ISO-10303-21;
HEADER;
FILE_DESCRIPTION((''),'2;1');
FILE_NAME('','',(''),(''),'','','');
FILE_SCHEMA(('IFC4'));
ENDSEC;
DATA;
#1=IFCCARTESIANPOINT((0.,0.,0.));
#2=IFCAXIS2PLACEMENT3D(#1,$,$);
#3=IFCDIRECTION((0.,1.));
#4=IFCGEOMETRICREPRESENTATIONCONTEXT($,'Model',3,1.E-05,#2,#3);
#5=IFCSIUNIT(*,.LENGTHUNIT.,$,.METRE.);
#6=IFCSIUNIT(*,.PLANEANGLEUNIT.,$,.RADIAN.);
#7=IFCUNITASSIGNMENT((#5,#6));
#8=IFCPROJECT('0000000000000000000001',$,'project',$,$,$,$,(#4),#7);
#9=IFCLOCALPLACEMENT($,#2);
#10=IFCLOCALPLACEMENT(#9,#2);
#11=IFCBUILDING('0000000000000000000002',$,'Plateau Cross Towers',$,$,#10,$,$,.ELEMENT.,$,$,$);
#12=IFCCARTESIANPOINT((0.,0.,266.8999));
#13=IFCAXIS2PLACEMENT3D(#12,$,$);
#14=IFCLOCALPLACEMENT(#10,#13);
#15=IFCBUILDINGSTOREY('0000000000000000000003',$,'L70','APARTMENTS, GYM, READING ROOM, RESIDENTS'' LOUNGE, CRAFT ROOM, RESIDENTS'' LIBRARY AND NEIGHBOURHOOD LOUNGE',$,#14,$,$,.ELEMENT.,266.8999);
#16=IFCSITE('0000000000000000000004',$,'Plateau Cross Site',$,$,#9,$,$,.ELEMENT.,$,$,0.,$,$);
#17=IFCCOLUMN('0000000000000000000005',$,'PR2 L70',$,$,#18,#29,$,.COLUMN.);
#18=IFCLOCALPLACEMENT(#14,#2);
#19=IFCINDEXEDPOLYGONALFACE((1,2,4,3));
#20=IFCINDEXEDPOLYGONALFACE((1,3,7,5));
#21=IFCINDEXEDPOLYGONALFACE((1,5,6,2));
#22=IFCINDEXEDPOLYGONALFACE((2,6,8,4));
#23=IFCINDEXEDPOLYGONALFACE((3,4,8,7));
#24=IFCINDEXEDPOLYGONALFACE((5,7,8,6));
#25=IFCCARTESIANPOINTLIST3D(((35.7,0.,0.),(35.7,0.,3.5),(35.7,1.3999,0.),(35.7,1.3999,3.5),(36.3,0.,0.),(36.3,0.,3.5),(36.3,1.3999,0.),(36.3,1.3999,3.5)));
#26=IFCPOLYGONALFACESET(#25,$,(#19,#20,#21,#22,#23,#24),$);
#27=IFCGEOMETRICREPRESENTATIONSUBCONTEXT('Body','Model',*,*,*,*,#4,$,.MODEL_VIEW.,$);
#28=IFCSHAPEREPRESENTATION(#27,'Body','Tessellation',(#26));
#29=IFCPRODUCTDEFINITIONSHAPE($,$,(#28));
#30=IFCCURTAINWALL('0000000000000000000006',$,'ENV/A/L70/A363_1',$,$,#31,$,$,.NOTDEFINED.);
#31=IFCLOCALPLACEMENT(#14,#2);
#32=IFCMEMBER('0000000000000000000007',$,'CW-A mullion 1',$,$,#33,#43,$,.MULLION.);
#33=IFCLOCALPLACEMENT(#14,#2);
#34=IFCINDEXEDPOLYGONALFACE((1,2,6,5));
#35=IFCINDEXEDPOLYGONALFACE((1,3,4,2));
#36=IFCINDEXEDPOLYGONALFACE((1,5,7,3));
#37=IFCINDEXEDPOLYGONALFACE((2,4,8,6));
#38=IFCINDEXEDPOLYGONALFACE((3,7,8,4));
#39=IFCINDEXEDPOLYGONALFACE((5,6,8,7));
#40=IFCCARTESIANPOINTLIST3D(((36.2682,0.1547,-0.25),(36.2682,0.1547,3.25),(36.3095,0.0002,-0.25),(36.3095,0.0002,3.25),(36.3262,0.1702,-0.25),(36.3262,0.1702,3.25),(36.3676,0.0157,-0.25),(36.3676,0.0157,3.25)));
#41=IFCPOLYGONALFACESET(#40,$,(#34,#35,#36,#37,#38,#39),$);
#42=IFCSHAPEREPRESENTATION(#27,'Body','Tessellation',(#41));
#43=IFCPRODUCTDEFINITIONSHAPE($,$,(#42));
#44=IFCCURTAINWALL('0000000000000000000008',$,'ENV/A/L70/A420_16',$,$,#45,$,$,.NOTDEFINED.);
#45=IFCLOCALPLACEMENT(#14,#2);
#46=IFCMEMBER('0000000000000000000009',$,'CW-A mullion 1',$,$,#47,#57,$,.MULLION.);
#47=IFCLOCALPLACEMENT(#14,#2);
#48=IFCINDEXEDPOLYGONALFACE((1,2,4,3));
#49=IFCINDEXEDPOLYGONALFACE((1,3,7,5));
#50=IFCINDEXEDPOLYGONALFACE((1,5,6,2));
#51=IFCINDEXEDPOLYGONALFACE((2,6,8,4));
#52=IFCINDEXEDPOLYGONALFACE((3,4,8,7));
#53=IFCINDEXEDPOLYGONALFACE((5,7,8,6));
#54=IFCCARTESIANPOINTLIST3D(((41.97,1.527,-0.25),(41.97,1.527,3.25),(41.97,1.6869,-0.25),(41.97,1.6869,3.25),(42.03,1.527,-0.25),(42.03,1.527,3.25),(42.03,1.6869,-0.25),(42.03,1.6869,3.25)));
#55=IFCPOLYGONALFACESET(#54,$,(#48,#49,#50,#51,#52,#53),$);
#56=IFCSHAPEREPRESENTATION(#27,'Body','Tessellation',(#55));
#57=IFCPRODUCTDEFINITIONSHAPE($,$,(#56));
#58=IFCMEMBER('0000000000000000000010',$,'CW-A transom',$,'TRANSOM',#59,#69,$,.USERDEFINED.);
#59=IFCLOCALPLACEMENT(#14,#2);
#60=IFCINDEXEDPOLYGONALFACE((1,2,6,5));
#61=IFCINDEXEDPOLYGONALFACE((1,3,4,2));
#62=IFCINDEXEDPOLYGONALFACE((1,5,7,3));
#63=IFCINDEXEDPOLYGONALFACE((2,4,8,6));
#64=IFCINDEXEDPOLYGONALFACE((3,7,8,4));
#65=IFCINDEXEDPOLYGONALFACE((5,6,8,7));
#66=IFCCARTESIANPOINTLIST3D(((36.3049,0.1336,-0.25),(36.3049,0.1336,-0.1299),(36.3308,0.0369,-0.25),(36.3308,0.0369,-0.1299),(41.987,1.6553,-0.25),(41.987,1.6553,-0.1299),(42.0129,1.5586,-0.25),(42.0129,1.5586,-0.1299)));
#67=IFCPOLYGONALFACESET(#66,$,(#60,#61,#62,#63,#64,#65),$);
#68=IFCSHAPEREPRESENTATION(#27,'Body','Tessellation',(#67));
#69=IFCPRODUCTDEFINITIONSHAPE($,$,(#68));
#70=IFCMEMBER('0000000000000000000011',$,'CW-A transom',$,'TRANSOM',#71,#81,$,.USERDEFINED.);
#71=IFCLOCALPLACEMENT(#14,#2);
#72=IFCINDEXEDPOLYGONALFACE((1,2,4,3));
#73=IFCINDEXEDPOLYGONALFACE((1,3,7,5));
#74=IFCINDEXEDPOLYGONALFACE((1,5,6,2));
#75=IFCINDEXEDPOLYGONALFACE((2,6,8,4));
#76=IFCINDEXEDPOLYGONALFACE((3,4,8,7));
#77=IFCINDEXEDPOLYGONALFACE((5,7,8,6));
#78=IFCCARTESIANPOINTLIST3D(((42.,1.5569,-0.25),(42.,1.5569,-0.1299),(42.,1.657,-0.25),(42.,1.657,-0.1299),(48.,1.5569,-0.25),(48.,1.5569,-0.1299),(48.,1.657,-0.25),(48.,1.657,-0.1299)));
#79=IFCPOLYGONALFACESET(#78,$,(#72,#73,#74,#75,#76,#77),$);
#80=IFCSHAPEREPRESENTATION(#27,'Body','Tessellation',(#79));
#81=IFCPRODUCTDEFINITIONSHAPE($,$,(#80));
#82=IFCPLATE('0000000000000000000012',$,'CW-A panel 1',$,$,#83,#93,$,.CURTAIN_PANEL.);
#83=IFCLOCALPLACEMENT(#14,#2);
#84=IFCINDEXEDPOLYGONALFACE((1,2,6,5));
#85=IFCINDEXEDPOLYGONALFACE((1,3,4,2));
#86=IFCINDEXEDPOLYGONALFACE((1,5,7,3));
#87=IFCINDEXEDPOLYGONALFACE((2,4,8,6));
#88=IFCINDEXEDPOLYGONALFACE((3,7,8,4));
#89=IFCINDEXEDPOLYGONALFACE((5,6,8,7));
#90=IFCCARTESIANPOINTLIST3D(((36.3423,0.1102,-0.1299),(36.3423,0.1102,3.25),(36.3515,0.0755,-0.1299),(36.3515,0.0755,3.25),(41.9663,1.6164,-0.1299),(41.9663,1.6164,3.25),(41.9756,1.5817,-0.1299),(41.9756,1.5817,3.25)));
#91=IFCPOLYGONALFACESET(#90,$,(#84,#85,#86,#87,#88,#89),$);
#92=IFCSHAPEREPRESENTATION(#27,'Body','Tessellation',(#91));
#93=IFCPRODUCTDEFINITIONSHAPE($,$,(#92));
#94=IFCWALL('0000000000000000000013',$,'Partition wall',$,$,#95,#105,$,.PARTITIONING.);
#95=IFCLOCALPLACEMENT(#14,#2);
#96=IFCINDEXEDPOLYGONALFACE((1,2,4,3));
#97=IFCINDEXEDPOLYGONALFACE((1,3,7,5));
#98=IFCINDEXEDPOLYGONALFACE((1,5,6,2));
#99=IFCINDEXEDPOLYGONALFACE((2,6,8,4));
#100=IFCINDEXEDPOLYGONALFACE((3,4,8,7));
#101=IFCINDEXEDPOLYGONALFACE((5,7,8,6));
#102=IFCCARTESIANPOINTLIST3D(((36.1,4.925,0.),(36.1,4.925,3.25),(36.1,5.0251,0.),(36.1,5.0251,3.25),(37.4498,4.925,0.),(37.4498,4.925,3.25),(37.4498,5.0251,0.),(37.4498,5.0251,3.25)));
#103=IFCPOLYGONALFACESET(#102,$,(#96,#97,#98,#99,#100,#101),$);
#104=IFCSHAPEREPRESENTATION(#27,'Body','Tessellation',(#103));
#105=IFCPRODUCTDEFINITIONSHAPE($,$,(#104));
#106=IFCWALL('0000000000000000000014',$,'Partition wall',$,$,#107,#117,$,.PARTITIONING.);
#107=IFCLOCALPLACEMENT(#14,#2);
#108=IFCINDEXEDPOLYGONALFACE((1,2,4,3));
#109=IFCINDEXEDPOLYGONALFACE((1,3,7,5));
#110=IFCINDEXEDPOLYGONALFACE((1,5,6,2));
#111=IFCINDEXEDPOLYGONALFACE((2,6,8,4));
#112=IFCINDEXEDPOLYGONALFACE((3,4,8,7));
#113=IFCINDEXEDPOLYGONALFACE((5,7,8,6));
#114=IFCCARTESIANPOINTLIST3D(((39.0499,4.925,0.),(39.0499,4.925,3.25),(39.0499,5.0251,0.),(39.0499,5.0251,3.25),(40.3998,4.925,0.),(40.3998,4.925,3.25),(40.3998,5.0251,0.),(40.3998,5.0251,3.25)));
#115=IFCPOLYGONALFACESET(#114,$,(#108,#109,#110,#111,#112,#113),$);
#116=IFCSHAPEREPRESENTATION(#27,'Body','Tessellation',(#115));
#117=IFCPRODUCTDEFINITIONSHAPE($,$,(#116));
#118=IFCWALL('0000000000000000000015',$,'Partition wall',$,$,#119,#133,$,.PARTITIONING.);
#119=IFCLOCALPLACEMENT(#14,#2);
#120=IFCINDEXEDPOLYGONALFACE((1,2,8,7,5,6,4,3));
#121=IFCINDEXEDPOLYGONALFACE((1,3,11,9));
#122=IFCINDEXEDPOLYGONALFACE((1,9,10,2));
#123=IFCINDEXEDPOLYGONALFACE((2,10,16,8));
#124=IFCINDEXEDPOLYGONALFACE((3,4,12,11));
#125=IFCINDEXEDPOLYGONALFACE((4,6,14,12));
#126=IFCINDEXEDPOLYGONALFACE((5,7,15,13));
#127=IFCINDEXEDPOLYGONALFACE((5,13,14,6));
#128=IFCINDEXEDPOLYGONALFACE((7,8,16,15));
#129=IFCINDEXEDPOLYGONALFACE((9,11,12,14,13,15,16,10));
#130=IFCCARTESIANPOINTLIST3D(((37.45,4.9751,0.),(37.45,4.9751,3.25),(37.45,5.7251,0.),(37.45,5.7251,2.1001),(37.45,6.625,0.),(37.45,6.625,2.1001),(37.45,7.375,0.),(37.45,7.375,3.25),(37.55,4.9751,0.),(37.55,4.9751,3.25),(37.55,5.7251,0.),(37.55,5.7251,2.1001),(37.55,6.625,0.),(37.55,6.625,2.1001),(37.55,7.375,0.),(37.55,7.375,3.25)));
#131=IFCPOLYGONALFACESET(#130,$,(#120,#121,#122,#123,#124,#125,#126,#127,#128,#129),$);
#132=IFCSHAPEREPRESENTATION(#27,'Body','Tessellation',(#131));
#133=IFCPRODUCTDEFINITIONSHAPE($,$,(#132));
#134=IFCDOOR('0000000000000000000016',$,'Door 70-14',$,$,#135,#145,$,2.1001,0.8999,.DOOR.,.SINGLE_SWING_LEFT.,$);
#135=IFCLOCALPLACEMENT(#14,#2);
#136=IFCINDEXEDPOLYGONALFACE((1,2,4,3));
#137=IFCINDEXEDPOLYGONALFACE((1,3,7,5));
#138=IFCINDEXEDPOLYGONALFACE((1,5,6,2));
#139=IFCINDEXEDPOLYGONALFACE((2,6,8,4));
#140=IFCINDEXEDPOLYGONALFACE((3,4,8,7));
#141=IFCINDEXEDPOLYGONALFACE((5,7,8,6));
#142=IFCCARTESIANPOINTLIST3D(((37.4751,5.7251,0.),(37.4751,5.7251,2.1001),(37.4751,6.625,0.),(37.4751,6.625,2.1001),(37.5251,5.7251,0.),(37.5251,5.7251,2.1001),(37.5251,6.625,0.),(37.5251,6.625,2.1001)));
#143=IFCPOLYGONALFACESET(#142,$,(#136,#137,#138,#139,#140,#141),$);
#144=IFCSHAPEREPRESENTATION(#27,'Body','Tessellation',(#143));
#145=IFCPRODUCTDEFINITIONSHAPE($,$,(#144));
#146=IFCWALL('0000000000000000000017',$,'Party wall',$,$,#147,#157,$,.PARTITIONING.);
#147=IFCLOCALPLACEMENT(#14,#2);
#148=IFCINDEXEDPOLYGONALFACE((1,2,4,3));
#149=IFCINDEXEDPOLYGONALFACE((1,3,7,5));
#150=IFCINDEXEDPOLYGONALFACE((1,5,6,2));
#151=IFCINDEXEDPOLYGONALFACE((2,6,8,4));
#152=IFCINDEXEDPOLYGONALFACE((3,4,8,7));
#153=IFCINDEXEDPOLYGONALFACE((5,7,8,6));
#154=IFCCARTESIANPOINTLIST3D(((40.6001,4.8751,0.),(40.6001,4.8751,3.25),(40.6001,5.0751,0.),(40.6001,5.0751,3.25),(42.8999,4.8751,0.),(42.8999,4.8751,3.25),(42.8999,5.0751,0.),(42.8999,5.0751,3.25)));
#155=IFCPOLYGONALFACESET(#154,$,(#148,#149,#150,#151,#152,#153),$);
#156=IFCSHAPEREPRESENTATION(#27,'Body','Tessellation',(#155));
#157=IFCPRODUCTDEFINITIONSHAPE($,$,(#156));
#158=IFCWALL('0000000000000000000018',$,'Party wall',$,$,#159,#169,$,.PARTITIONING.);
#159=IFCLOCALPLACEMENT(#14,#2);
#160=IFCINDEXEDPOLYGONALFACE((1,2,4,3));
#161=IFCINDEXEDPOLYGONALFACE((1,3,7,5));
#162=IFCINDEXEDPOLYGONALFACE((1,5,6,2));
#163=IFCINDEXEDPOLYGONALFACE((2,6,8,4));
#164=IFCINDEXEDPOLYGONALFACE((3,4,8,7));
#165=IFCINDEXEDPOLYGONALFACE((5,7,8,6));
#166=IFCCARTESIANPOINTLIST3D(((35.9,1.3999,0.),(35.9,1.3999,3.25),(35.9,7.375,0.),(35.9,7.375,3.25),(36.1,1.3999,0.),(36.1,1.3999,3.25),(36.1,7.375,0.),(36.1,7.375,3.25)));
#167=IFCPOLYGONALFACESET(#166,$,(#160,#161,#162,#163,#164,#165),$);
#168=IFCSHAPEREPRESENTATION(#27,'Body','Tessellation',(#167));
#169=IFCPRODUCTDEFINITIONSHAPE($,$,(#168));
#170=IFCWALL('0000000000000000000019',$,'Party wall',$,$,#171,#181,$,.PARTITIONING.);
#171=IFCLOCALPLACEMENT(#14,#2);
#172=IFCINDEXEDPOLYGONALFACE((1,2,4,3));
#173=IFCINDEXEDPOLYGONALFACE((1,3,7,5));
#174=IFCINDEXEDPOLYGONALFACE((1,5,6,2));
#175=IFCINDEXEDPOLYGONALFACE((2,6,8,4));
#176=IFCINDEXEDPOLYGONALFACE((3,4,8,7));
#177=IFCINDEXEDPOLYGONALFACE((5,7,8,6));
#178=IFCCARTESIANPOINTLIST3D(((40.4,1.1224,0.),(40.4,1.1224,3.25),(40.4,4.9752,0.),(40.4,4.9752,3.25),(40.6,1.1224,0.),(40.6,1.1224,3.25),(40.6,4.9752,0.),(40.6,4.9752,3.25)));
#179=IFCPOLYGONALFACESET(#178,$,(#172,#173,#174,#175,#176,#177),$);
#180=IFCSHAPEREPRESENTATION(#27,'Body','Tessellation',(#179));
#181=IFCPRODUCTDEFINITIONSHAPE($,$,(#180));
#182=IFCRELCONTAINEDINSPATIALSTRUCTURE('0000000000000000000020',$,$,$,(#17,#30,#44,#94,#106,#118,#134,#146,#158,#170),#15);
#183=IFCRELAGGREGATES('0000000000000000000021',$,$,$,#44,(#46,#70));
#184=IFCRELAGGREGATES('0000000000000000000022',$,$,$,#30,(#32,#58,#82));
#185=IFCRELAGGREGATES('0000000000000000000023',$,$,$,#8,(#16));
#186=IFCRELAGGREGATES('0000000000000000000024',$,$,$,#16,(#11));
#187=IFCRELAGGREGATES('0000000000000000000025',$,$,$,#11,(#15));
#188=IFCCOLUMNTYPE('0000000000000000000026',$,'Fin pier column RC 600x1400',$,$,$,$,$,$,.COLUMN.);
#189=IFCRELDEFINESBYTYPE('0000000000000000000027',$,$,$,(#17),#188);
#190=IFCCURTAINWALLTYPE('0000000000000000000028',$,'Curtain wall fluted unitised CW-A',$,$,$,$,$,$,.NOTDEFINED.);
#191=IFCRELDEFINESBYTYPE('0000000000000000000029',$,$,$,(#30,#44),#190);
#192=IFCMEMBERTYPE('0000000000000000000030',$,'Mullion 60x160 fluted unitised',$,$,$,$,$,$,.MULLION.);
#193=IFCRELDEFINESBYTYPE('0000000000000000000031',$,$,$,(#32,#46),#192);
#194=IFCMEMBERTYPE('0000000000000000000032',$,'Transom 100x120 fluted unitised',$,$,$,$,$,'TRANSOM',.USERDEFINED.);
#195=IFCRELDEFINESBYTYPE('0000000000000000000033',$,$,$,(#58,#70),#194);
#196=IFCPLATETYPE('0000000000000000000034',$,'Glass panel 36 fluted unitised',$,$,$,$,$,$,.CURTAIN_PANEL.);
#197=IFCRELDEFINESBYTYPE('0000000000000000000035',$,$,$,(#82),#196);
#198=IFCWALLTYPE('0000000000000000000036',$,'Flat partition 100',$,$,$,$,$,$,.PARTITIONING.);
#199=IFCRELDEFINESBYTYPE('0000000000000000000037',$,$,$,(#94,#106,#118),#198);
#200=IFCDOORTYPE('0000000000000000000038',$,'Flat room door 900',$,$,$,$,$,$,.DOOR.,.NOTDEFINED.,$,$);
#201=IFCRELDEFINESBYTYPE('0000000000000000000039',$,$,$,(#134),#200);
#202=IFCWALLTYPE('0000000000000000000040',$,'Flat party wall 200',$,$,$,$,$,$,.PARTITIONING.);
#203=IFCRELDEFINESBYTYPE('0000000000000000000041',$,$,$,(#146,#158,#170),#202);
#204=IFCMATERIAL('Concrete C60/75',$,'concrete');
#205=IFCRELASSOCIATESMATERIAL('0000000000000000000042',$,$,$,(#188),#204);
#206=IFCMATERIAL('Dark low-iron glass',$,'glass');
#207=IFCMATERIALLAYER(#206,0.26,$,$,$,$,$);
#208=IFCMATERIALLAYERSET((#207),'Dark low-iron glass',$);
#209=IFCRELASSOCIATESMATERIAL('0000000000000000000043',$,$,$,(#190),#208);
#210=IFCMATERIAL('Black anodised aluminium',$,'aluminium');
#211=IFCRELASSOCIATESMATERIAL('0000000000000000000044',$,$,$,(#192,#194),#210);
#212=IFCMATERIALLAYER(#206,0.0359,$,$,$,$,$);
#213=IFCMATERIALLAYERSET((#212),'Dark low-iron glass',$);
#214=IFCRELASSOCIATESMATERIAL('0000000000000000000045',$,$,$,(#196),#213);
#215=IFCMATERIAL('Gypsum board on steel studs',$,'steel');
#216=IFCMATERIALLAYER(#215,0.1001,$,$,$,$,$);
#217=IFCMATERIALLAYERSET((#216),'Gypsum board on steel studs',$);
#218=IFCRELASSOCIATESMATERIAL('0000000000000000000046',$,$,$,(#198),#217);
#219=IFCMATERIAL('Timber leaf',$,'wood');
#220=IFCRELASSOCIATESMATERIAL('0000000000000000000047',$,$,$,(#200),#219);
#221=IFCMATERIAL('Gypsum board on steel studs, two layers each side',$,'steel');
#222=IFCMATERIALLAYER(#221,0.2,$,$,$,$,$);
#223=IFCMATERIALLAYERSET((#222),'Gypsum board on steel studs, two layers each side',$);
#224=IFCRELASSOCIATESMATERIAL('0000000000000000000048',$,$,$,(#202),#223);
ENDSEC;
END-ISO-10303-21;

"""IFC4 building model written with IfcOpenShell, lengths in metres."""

from ifc_helpers import new_model, si_unit, direction, frame, frame_2d, origin, origin_2d, place, context, subcontext, project, spatial, rectangle, extrude, material, layer, layer_set, material_profile, profile_set, type_object, element, fill, aggregate, save


model = new_model("IFC4")

# Units and contexts
model_context = context("Model", 3, precision=1e-05, world=origin(), true_north=direction((0.0, 1.0)))
body_context = subcontext(model_context, "Body", "Model", "MODEL_VIEW")
ifc_project = project(units=[si_unit("LENGTHUNIT", "METRE"), si_unit("PLANEANGLEUNIT", "RADIAN")], contexts=[model_context])

# Site, building, storey
site_placement = place(None, origin())
site = spatial("IfcSite", under=ifc_project, at=site_placement, Name="Plateau Cross Site", CompositionType="ELEMENT", RefElevation=0.0)
building_placement = place(site_placement, origin())
building = spatial("IfcBuilding", under=site, at=building_placement, Name="Plateau Cross Towers", CompositionType="ELEMENT")
storey_placement = place(building_placement, frame((0.0, 0.0, 266.8999)))
storey = spatial("IfcBuildingStorey", under=building, at=storey_placement, Name="L70", Description="APARTMENTS, GYM, READING ROOM, RESIDENTS' LOUNGE, CRAFT ROOM, RESIDENTS' LIBRARY AND NEIGHBOURHOOD LOUNGE", CompositionType="ELEMENT", Elevation=266.8999)

# Column
ifc_material_1 = material(Name="Concrete C60/75", Category="concrete")
ifc_material_profile_1 = material_profile(ifc_material_1, rectangle(XDim=0.6001, YDim=1.3999, at=origin_2d()), Name="RC 600x1400")
ifc_profile_set_1 = profile_set([ifc_material_profile_1], Name="Concrete C60/75")
column_type = type_object("IfcColumnType", Name="Fin pier column RC 600x1400", PredefinedType="COLUMN", material=ifc_profile_set_1)
column_placement = place(storey_placement, frame((36.0, 0.7, 0.0), z_axis=(0.0, 0.0, 1.0), x_axis=(1.0, 0.0, 0.0)))
element("IfcColumn", 1, at=column_placement, inside=storey, type_object=column_type, Name="PR2 L70", PredefinedType="COLUMN", context=body_context, shape_type="SweptSolid", body=[
    extrude(rectangle(XDim=0.6001, YDim=1.3999, at=origin_2d()), origin(), (0.0, 0.0, 1.0), 3.5),
])

# Curtain walls, members
ifc_material_2 = material(Name="Dark low-iron glass", Category="glass")
ifc_layer_1 = layer(ifc_material_2, 0.26)
ifc_layer_set_1 = layer_set([ifc_layer_1], Name="Dark low-iron glass")
curtain_wall_type = type_object("IfcCurtainWallType", Name="Curtain wall fluted unitised CW-A", PredefinedType="NOTDEFINED", material=ifc_layer_set_1)
curtain_wall_1_placement = place(storey_placement, origin())
curtain_wall_1 = element("IfcCurtainWall", 2, at=curtain_wall_1_placement, inside=storey, type_object=curtain_wall_type, Name="ENV/A/L70/A363_1", PredefinedType="NOTDEFINED")
ifc_material_3 = material(Name="Black anodised aluminium", Category="aluminium")
ifc_material_profile_2 = material_profile(ifc_material_3, rectangle(XDim=0.0601, YDim=0.1599, at=origin_2d()), Name="MULLION 60x160")
ifc_profile_set_2 = profile_set([ifc_material_profile_2], Name="Black anodised aluminium")
member_type_1 = type_object("IfcMemberType", Name="Mullion 60x160 fluted unitised", PredefinedType="MULLION", material=ifc_profile_set_2)
member_1_placement = place(storey_placement, frame((36.3179, 0.0852, -0.25), z_axis=(0.0, 0.0, 1.0), x_axis=(0.965958, 0.258699, 0.0)))
member_1 = element("IfcMember", 3, at=member_1_placement, type_object=member_type_1, Name="CW-A mullion 1", PredefinedType="MULLION", context=body_context, shape_type="SweptSolid", body=[
    extrude(rectangle(XDim=0.0601, YDim=0.1599, at=origin_2d()), origin(), (0.0, 0.0, 1.0), 3.5),
])
curtain_wall_2_placement = place(storey_placement, origin())
curtain_wall_2 = element("IfcCurtainWall", 4, at=curtain_wall_2_placement, inside=storey, type_object=curtain_wall_type, Name="ENV/A/L70/A420_16", PredefinedType="NOTDEFINED")
member_2_placement = place(storey_placement, frame((42.0, 1.6069, -0.25), z_axis=(0.0, 0.0, 1.0), x_axis=(1.0, 0.0, 0.0)))
member_2 = element("IfcMember", 5, at=member_2_placement, type_object=member_type_1, Name="CW-A mullion 1", PredefinedType="MULLION", context=body_context, shape_type="SweptSolid", body=[
    extrude(rectangle(XDim=0.0601, YDim=0.1599, at=origin_2d()), origin(), (0.0, 0.0, 1.0), 3.5),
])

# Members
ifc_material_profile_3 = material_profile(ifc_material_3, rectangle(XDim=0.1001, YDim=0.1201, at=origin_2d()), Name="TRANSOM 100x120")
ifc_profile_set_3 = profile_set([ifc_material_profile_3], Name="Black anodised aluminium")
member_type_2 = type_object("IfcMemberType", Name="Transom 100x120 fluted unitised", ElementType="TRANSOM", PredefinedType="USERDEFINED", material=ifc_profile_set_3)
member_3_placement = place(storey_placement, frame((36.3179, 0.0852, -0.1899), z_axis=(0.96596, 0.258693, 0.0), x_axis=(-0.258693, 0.96596, 0.0)))
member_3 = element("IfcMember", 6, at=member_3_placement, type_object=member_type_2, Name="CW-A transom", ObjectType="TRANSOM", PredefinedType="USERDEFINED", context=body_context, shape_type="SweptSolid", body=[
    extrude(rectangle(XDim=0.1001, YDim=0.1201, at=origin_2d()), origin(), (0.0, 0.0, 1.0), 5.8823),
])
member_4_placement = place(storey_placement, frame((42.0, 1.6069, -0.1899), z_axis=(1.0, 0.0, 0.0), x_axis=(0.0, 1.0, 0.0)))
member_4 = element("IfcMember", 7, at=member_4_placement, type_object=member_type_2, Name="CW-A transom", ObjectType="TRANSOM", PredefinedType="USERDEFINED", context=body_context, shape_type="SweptSolid", body=[
    extrude(rectangle(XDim=0.1001, YDim=0.1201, at=origin_2d()), origin(), (0.0, 0.0, 1.0), 6.0),
])
aggregate(curtain_wall_2, [member_2, member_4])

# Plate
ifc_layer_2 = layer(ifc_material_2, 0.0359)
ifc_layer_set_2 = layer_set([ifc_layer_2], Name="Dark low-iron glass")
plate_type = type_object("IfcPlateType", Name="Glass panel 36 fluted unitised", PredefinedType="CURTAIN_PANEL", material=ifc_layer_set_2)
plate_placement = place(storey_placement, frame((39.1589, 0.8459, -0.1299), z_axis=(0.0, 0.0, 1.0), x_axis=(0.965958, 0.258699, 0.0)))
plate = element("IfcPlate", 8, at=plate_placement, type_object=plate_type, Name="CW-A panel 1", PredefinedType="CURTAIN_PANEL", context=body_context, shape_type="SweptSolid", body=[
    extrude(rectangle(XDim=5.8223, YDim=0.0359, at=origin_2d()), origin(), (0.0, 0.0, 1.0), 3.3799),
])
aggregate(curtain_wall_1, [member_1, member_3, plate])

# Walls
ifc_material_4 = material(Name="Gypsum board on steel studs", Category="steel")
ifc_layer_3 = layer(ifc_material_4, 0.1001)
ifc_layer_set_3 = layer_set([ifc_layer_3], Name="Gypsum board on steel studs")
wall_type_1 = type_object("IfcWallType", Name="Flat partition 100", PredefinedType="PARTITIONING", material=ifc_layer_set_3)
for number, where, z_axis, x_axis, name in (
    (9, (36.1001, 4.9751, 0.0), (0.0, 0.0, 1.0), (1.0, 0.0, 0.0), "Partition wall"),
    (10, (39.05, 4.9751, 0.0), (0.0, 0.0, 1.0), (1.0, 0.0, 0.0), "Partition wall"),
):
    element("IfcWall", number, at=place(storey_placement, frame(where, z_axis=z_axis, x_axis=x_axis)), inside=storey, type_object=wall_type_1, Name=name, PredefinedType="PARTITIONING", context=body_context, shape_type="SweptSolid", body=[
        extrude(rectangle(XDim=1.3499, YDim=0.1001, at=frame_2d((0.6748, 0.0))), origin(), (0.0, 0.0, 1.0), 3.25),
    ])

# Wall, opening, door
wall_1_placement = place(storey_placement, frame((37.5, 4.9751, 0.0), z_axis=(0.0, 0.0, 1.0), x_axis=(0.0, 1.0, 0.0)))
wall_1 = element("IfcWall", 11, at=wall_1_placement, inside=storey, type_object=wall_type_1, Name="Partition wall", PredefinedType="PARTITIONING", context=body_context, shape_type="SweptSolid", body=[
    extrude(rectangle(XDim=2.3999, YDim=0.1001, at=frame_2d((1.2, 0.0))), origin(), (0.0, 0.0, 1.0), 3.25),
])
opening_placement = place(wall_1_placement, frame((0.75, 0.0, 0.0)))
opening = element("IfcOpeningElement", 12, at=opening_placement, cuts=wall_1, PredefinedType="OPENING", context=body_context, shape_type="SweptSolid", body=[
    extrude(rectangle(XDim=0.8999, YDim=2.1001, at=frame_2d((0.45, 1.05))), frame((0.0, 0.0601, 0.0), z_axis=(0.0, -1.0, 0.0), x_axis=(1.0, 0.0, 0.0)), (0.0, 0.0, 1.0), 0.1201),
])
ifc_material_5 = material(Name="Timber leaf", Category="wood")
door_type = type_object("IfcDoorType", Name="Flat room door 900", OperationType="NOTDEFINED", PredefinedType="DOOR", material=ifc_material_5)
door_placement = place(opening_placement, origin())
door = element("IfcDoor", 13, at=door_placement, inside=storey, type_object=door_type, Name="Door 70-14", OperationType="SINGLE_SWING_LEFT", OverallHeight=2.1001, OverallWidth=0.8999, PredefinedType="DOOR", context=body_context, shape_type="SweptSolid", body=[
    extrude(rectangle(XDim=0.8999, YDim=2.1001, at=frame_2d((0.45, 1.05))), frame((0.0, 0.0249, 0.0), z_axis=(0.0, -1.0, 0.0), x_axis=(1.0, 0.0, 0.0)), (0.0, 0.0, 1.0), 0.05),
])
fill(opening, door)

# Walls
ifc_material_6 = material(Name="Gypsum board on steel studs, two layers each side", Category="steel")
ifc_layer_4 = layer(ifc_material_6, 0.2)
ifc_layer_set_4 = layer_set([ifc_layer_4], Name="Gypsum board on steel studs, two layers each side")
wall_type_2 = type_object("IfcWallType", Name="Flat party wall 200", PredefinedType="PARTITIONING", material=ifc_layer_set_4)
wall_2_placement = place(storey_placement, frame((40.6001, 4.9751, 0.0), z_axis=(0.0, 0.0, 1.0), x_axis=(1.0, 0.0, 0.0)))
element("IfcWall", 14, at=wall_2_placement, inside=storey, type_object=wall_type_2, Name="Party wall", PredefinedType="PARTITIONING", context=body_context, shape_type="SweptSolid", body=[
    extrude(rectangle(XDim=2.2998, YDim=0.2, at=frame_2d((1.1499, 0.0))), origin(), (0.0, 0.0, 1.0), 3.25),
])
wall_3_placement = place(storey_placement, frame((36.0, 1.3999, 0.0), z_axis=(0.0, 0.0, 1.0), x_axis=(0.0, 1.0, 0.0)))
element("IfcWall", 15, at=wall_3_placement, inside=storey, type_object=wall_type_2, Name="Party wall", PredefinedType="PARTITIONING", context=body_context, shape_type="SweptSolid", body=[
    extrude(rectangle(XDim=5.9751, YDim=0.2, at=frame_2d((2.9875, 0.0))), origin(), (0.0, 0.0, 1.0), 3.25),
])
wall_4_placement = place(storey_placement, frame((40.5, 4.9751, 0.0), z_axis=(0.0, 0.0, 1.0), x_axis=(0.0, -1.0, 0.0)))
element("IfcWall", 16, at=wall_4_placement, inside=storey, type_object=wall_type_2, Name="Party wall", PredefinedType="PARTITIONING", context=body_context, shape_type="SweptSolid", body=[
    extrude(rectangle(XDim=3.8528, YDim=0.2, at=frame_2d((1.9263, 0.0))), origin(), (0.0, 0.0, 1.0), 3.25),
])

save(model, "model.ifc")
